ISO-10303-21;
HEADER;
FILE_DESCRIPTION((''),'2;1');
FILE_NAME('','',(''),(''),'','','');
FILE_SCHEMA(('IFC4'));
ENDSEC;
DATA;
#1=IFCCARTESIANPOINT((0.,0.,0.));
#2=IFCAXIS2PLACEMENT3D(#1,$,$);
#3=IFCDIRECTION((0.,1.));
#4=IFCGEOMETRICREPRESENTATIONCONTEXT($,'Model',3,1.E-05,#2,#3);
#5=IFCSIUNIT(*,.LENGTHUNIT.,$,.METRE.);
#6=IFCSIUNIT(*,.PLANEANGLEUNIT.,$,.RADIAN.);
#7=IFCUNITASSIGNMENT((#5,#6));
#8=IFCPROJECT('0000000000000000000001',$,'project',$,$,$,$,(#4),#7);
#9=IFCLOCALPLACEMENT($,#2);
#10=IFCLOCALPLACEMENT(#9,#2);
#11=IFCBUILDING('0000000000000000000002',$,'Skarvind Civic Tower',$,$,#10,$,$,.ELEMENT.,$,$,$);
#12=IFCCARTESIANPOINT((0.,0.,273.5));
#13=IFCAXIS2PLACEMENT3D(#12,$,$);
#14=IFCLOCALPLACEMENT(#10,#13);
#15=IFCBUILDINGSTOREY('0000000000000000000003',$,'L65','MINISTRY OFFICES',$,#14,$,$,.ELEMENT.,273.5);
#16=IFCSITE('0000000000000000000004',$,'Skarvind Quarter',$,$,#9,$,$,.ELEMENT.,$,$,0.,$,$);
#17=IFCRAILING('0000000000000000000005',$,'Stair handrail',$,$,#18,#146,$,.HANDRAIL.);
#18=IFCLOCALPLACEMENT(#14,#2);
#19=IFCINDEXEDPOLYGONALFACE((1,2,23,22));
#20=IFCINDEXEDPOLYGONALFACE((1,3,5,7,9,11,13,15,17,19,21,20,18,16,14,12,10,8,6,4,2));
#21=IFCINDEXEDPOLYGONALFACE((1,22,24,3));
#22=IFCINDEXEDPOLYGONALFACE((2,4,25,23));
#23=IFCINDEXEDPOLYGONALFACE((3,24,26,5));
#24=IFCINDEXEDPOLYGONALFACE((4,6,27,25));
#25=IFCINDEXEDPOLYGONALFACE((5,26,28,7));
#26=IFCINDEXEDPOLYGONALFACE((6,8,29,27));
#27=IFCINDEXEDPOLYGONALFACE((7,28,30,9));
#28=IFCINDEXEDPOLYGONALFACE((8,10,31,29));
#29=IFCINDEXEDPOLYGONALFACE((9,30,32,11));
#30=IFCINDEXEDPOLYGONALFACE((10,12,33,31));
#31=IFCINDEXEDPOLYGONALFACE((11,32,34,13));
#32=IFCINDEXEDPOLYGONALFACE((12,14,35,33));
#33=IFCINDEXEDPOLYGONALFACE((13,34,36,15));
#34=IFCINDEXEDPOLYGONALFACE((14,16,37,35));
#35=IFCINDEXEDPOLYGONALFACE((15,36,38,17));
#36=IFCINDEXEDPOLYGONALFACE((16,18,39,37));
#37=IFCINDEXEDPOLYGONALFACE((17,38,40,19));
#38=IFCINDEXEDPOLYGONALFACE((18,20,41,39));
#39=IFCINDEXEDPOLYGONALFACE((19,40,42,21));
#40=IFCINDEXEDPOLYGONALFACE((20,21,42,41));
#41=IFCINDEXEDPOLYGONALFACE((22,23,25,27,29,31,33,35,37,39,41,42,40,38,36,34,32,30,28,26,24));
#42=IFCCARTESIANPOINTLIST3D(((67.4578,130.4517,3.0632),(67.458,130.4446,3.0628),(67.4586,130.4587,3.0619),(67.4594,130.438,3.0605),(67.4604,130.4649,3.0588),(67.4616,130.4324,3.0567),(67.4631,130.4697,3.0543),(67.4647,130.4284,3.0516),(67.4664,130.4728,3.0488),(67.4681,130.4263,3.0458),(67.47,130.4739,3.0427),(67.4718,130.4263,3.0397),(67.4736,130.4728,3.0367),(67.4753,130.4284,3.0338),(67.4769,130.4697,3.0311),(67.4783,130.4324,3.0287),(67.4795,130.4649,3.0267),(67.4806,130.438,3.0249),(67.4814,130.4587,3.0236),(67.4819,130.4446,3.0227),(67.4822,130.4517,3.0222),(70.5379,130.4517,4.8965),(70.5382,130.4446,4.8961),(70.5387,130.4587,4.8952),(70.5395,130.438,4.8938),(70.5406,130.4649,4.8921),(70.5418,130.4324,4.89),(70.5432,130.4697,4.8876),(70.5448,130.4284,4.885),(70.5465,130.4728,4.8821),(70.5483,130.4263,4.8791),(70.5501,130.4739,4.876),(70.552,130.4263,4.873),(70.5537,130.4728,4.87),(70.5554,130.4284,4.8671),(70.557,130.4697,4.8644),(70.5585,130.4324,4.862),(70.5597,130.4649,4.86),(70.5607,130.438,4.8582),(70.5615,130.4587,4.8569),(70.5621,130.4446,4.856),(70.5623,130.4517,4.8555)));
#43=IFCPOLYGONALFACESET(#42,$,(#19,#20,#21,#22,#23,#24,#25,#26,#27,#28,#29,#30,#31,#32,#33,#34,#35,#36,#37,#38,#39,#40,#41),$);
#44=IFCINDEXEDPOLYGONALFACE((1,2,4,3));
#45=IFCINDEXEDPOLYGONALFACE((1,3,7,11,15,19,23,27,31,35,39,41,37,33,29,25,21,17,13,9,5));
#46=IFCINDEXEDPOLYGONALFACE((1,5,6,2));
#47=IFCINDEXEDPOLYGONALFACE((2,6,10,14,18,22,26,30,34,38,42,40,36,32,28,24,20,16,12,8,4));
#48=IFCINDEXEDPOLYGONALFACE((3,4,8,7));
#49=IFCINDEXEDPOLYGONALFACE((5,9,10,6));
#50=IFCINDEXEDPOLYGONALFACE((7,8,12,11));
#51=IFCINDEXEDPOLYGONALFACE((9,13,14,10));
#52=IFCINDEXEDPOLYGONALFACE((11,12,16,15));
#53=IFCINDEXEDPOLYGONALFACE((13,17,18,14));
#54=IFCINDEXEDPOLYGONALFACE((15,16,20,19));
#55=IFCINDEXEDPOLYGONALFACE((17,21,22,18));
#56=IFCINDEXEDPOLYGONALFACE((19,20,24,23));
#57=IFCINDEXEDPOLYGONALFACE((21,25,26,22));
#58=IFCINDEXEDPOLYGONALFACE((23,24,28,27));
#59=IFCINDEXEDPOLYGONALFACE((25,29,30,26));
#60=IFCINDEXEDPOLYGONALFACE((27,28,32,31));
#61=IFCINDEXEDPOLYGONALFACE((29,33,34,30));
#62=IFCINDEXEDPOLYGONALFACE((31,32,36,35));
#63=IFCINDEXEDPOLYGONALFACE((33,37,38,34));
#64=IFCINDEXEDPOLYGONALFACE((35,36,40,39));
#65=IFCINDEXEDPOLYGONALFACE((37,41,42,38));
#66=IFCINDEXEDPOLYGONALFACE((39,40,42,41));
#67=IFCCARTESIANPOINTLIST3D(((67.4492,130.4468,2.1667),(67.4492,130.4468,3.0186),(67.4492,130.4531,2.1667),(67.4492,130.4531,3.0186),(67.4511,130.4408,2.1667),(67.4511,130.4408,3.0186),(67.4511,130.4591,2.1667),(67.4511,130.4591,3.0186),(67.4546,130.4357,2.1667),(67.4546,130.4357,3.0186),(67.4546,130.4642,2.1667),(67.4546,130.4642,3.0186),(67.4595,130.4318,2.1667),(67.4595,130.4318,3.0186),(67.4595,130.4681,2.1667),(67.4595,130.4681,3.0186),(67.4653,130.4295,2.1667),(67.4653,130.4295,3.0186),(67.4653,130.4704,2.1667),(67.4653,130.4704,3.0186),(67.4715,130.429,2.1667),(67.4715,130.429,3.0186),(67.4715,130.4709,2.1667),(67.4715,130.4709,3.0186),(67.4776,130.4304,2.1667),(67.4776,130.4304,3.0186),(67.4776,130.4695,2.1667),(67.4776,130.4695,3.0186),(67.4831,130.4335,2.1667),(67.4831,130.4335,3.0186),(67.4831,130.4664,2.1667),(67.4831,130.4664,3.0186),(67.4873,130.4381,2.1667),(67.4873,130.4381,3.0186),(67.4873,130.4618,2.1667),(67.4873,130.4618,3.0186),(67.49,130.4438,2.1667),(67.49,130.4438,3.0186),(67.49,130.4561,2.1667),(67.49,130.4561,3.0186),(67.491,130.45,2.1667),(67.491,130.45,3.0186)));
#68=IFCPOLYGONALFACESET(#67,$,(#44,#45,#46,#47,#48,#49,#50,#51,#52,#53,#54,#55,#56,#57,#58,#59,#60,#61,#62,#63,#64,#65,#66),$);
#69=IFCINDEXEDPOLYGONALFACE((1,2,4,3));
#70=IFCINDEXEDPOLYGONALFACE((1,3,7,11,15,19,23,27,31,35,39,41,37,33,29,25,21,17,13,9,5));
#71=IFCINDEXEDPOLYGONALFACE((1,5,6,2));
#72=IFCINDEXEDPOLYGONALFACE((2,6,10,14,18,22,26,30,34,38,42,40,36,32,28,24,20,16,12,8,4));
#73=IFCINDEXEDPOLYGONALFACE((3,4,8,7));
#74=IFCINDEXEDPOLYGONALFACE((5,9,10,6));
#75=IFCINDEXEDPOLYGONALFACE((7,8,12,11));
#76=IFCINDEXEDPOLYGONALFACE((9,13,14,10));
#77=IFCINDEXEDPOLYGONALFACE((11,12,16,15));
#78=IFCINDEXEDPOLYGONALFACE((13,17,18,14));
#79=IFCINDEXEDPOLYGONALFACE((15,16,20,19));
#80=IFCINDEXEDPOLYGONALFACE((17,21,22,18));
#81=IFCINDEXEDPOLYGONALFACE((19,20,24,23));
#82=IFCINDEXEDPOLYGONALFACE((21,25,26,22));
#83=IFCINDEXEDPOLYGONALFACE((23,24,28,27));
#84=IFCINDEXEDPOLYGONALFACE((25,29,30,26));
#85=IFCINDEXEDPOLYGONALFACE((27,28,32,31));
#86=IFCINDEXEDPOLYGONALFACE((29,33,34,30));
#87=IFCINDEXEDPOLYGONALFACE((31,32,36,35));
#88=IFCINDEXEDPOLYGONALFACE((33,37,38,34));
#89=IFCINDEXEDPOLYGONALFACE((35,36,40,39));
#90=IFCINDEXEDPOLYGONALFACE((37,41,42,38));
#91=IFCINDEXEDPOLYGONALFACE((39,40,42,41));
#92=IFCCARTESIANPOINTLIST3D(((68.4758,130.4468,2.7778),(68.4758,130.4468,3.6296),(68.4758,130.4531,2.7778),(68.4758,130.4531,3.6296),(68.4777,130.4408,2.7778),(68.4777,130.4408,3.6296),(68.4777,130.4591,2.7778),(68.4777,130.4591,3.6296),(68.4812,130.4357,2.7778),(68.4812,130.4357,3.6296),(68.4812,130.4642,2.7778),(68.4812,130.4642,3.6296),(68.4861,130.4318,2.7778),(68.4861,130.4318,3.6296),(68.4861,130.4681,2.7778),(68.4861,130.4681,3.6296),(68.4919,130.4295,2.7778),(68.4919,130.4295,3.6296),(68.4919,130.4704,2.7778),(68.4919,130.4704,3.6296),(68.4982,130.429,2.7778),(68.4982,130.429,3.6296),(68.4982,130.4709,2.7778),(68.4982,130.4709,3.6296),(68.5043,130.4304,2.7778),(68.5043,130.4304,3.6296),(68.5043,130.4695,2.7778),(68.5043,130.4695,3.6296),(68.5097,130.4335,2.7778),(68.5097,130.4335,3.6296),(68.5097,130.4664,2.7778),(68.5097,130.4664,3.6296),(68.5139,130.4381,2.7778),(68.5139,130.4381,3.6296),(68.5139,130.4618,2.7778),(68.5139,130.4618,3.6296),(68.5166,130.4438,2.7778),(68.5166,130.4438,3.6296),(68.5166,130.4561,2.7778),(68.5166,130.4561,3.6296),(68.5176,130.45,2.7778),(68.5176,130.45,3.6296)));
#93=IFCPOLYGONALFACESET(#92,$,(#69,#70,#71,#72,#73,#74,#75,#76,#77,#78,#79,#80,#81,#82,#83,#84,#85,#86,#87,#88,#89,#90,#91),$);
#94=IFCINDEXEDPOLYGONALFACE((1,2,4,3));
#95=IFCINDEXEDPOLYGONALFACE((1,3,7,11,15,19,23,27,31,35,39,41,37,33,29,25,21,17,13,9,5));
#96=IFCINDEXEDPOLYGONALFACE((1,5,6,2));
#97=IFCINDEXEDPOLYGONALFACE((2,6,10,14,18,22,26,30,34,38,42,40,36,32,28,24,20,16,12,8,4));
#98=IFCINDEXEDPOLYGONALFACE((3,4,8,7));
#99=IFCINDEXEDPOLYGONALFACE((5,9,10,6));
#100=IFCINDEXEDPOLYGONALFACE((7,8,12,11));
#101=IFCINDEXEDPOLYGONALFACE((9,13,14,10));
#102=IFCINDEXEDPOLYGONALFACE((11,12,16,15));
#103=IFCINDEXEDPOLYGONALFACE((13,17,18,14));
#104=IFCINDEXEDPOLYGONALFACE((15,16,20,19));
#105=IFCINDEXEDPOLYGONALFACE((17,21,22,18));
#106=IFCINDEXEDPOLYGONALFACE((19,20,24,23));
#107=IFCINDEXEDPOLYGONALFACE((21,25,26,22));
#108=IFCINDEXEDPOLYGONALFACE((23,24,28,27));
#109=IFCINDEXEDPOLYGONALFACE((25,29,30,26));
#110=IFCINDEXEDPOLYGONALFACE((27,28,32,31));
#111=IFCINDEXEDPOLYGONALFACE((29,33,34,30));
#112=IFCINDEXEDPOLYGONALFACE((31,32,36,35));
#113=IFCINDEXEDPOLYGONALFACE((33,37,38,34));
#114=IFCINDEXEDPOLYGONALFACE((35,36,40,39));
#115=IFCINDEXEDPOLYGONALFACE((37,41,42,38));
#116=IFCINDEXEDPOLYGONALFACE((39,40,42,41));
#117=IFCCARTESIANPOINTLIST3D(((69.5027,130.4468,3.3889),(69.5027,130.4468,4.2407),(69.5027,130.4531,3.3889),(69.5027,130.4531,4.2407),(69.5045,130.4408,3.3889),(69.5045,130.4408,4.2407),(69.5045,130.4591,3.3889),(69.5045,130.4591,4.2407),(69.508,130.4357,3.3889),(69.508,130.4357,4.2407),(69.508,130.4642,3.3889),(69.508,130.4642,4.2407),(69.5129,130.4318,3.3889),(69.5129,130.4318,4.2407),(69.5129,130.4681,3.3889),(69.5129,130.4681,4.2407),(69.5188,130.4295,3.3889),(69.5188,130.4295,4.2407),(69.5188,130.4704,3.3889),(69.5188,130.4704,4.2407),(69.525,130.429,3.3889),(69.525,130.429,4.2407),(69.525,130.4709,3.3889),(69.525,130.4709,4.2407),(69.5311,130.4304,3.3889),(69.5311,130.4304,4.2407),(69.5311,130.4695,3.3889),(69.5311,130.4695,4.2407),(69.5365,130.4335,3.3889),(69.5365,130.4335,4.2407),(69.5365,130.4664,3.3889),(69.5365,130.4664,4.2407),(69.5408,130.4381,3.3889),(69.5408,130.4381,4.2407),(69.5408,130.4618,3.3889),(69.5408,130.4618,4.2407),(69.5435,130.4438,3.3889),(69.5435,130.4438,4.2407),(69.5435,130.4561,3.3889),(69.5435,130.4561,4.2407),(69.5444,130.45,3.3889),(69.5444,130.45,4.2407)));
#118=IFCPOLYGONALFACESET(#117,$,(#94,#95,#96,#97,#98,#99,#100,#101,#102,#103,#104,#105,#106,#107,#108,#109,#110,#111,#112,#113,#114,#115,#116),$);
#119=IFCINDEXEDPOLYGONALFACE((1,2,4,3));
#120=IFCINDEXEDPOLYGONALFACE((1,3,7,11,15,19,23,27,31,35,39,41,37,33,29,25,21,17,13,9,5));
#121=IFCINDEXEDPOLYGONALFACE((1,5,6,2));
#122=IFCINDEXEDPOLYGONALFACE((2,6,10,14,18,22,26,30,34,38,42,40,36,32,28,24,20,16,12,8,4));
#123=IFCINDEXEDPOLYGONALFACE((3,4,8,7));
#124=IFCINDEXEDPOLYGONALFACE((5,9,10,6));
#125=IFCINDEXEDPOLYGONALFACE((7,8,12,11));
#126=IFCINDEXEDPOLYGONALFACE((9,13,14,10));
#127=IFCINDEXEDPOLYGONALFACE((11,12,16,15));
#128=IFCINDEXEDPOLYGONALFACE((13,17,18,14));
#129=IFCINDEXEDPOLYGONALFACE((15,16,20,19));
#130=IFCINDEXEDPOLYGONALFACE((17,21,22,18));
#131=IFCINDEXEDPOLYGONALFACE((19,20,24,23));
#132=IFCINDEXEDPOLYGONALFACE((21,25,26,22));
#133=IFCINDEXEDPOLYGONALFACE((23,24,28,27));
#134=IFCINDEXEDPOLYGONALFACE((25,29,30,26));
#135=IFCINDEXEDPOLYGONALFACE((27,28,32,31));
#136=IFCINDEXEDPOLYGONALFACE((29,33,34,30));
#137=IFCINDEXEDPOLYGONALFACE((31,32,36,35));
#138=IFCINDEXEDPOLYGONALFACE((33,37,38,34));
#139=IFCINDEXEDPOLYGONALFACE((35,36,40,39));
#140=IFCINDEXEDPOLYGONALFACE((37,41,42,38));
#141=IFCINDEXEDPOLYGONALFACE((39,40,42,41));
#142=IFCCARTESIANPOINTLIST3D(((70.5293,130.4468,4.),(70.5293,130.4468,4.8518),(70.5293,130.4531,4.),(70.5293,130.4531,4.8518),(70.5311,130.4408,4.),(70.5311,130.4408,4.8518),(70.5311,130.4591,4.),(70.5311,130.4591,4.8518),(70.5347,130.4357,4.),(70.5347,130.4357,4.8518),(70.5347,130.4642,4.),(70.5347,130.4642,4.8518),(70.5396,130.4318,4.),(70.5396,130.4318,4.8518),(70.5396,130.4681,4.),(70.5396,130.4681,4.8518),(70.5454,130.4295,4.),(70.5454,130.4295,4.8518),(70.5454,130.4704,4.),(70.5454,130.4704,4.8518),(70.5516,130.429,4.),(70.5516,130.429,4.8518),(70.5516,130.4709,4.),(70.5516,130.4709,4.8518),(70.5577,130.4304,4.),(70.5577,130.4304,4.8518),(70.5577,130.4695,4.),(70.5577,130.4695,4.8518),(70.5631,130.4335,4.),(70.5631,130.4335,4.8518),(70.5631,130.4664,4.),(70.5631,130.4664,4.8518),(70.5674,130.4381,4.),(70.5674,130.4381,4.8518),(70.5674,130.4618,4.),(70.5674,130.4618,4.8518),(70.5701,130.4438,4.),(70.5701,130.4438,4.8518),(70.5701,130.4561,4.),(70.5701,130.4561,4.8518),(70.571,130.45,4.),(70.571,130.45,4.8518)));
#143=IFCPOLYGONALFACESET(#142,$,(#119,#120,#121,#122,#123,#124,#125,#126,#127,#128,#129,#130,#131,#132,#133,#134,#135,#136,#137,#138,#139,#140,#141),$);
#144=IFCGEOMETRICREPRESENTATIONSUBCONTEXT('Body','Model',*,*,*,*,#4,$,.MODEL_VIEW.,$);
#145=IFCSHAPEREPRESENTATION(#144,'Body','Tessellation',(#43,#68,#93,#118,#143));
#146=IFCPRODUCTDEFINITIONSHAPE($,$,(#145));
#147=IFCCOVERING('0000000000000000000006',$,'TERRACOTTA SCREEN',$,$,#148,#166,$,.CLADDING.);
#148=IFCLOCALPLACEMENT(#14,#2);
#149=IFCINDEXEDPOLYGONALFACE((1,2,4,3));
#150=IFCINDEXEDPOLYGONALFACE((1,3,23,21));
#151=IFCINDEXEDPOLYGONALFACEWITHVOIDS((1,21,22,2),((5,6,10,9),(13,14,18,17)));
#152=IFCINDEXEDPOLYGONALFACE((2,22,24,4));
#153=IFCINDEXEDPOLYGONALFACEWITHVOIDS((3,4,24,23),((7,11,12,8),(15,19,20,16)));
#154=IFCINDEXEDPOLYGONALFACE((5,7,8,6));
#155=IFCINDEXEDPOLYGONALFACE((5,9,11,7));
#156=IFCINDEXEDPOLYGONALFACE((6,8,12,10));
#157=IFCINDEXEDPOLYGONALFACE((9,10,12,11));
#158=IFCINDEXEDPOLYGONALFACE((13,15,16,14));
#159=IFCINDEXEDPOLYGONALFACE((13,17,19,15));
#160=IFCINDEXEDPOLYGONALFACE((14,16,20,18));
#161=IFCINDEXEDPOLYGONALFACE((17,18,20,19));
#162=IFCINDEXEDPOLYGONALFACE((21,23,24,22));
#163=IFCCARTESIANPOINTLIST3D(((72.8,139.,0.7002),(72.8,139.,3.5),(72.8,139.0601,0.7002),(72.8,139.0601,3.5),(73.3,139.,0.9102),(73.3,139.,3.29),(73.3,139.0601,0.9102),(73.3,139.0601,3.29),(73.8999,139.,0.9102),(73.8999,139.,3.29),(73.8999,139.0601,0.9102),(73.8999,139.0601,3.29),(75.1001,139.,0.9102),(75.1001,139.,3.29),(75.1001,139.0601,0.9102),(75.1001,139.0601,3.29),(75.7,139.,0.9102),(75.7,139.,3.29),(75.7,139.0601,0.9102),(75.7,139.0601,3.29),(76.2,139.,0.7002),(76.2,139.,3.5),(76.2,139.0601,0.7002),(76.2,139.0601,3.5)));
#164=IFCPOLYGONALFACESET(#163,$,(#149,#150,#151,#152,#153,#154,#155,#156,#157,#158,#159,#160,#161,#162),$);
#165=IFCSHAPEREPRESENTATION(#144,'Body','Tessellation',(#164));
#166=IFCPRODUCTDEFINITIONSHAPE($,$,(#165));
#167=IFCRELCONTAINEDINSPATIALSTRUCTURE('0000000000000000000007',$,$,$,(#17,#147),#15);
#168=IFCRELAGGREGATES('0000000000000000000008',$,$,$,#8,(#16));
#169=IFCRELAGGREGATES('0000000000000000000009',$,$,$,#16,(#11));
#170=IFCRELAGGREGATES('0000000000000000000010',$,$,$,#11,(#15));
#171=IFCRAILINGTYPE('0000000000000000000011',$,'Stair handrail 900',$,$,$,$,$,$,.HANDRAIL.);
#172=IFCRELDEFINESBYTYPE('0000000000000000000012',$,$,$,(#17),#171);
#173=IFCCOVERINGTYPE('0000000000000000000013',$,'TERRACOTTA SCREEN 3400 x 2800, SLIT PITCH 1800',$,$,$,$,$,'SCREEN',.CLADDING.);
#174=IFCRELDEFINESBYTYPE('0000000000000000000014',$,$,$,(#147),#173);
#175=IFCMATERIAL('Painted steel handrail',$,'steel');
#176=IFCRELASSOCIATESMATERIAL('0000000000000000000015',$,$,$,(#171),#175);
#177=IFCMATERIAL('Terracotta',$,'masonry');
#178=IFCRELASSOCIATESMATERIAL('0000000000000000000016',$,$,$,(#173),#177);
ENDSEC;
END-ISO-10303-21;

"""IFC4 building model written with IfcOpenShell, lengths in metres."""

from ifc_helpers import new_model, si_unit, direction, frame, origin, origin_2d, place, context, subcontext, project, spatial, polyline, circle, outline, extrude, material, material_profile, profile_set, type_object, element, save


model = new_model("IFC4")

# Units and contexts
model_context = context("Model", 3, precision=1e-05, world=origin(), true_north=direction((0.0, 1.0)))
body_context = subcontext(model_context, "Body", "Model", "MODEL_VIEW")
ifc_project = project(units=[si_unit("LENGTHUNIT", "METRE"), si_unit("PLANEANGLEUNIT", "RADIAN")], contexts=[model_context])

# Site, building, storey
site_placement = place(None, origin())
site = spatial("IfcSite", under=ifc_project, at=site_placement, Name="Skarvind Quarter", CompositionType="ELEMENT", RefElevation=0.0)
building_placement = place(site_placement, origin())
building = spatial("IfcBuilding", under=site, at=building_placement, Name="Skarvind Civic Tower", CompositionType="ELEMENT")
storey_placement = place(building_placement, frame((0.0, 0.0, 273.5)))
storey = spatial("IfcBuildingStorey", under=building, at=storey_placement, Name="L65", Description="MINISTRY OFFICES", CompositionType="ELEMENT", Elevation=273.5)

# Railing
ifc_material_1 = material(Name="Painted steel handrail", Category="steel")
railing_type = type_object("IfcRailingType", Name="Stair handrail 900", PredefinedType="HANDRAIL", material=ifc_material_1)
railing_1_placement = place(storey_placement, frame((67.47, 130.45, 2.1667)))
element("IfcRailing", 1, at=railing_1_placement, inside=storey, type_object=railing_type, Name="Stair handrail", PredefinedType="HANDRAIL", context=body_context, shape_type="SweptSolid", body=[
    extrude(circle(Radius=0.0239, at=origin_2d()), frame((0.0, 0.0, 0.876), z_axis=(0.859309, 0.0, 0.511458), x_axis=(0.0, 1.0, 0.0)), (0.0, 0.0, 1.0), 3.5845),
    extrude(circle(Radius=0.021, at=origin_2d()), origin(), (0.0, 0.0, 1.0), 0.8518),
    extrude(circle(Radius=0.021, at=origin_2d()), frame((1.0266, 0.0, 0.6111)), (0.0, 0.0, 1.0), 0.8518),
    extrude(circle(Radius=0.021, at=origin_2d()), frame((2.0535, 0.0, 1.2222)), (0.0, 0.0, 1.0), 0.8518),
    extrude(circle(Radius=0.021, at=origin_2d()), frame((3.0801, 0.0, 1.8333)), (0.0, 0.0, 1.0), 0.8518),
])

# Covering
ifc_material_2 = material(Name="Terracotta", Category="masonry")
ifc_material_profile_1 = material_profile(ifc_material_2, outline(polyline([(-1.7, -1.3999), (1.7, -1.3999), (1.7, 1.3999), (-1.7, 1.3999), (-1.7, -1.3999)]), holes=[polyline([(-1.2, -1.1899), (-0.6001, -1.1899), (-0.6001, 1.1899), (-1.2, 1.1899), (-1.2, -1.1899)]), polyline([(0.6001, -1.1899), (1.2, -1.1899), (1.2, 1.1899), (0.6001, 1.1899), (0.6001, -1.1899)])]), Name="TERRACOTTA SCREEN 3400 x 2800, SLIT PITCH 1800")
ifc_profile_set_1 = profile_set([ifc_material_profile_1], Name="Terracotta")
covering_type = type_object("IfcCoveringType", Name="TERRACOTTA SCREEN 3400 x 2800, SLIT PITCH 1800", ElementType="SCREEN", PredefinedType="CLADDING", material=ifc_profile_set_1)
covering_placement = place(storey_placement, frame((74.5, 139.0, 2.1001), z_axis=(0.0, 1.0, 0.0), x_axis=(-1.0, 0.0, 0.0)))
element("IfcCovering", 2, at=covering_placement, inside=storey, type_object=covering_type, Name="TERRACOTTA SCREEN", PredefinedType="CLADDING", context=body_context, shape_type="SweptSolid", body=[
    extrude(outline(polyline([(-1.7, -1.3999), (1.7, -1.3999), (1.7, 1.3999), (-1.7, 1.3999), (-1.7, -1.3999)]), holes=[polyline([(-1.2, -1.1899), (-0.6001, -1.1899), (-0.6001, 1.1899), (-1.2, 1.1899), (-1.2, -1.1899)]), polyline([(0.6001, -1.1899), (1.2, -1.1899), (1.2, 1.1899), (0.6001, 1.1899), (0.6001, -1.1899)])]), origin(), (0.0, 0.0, 1.0), 0.0601),
])

save(model, "model.ifc")
